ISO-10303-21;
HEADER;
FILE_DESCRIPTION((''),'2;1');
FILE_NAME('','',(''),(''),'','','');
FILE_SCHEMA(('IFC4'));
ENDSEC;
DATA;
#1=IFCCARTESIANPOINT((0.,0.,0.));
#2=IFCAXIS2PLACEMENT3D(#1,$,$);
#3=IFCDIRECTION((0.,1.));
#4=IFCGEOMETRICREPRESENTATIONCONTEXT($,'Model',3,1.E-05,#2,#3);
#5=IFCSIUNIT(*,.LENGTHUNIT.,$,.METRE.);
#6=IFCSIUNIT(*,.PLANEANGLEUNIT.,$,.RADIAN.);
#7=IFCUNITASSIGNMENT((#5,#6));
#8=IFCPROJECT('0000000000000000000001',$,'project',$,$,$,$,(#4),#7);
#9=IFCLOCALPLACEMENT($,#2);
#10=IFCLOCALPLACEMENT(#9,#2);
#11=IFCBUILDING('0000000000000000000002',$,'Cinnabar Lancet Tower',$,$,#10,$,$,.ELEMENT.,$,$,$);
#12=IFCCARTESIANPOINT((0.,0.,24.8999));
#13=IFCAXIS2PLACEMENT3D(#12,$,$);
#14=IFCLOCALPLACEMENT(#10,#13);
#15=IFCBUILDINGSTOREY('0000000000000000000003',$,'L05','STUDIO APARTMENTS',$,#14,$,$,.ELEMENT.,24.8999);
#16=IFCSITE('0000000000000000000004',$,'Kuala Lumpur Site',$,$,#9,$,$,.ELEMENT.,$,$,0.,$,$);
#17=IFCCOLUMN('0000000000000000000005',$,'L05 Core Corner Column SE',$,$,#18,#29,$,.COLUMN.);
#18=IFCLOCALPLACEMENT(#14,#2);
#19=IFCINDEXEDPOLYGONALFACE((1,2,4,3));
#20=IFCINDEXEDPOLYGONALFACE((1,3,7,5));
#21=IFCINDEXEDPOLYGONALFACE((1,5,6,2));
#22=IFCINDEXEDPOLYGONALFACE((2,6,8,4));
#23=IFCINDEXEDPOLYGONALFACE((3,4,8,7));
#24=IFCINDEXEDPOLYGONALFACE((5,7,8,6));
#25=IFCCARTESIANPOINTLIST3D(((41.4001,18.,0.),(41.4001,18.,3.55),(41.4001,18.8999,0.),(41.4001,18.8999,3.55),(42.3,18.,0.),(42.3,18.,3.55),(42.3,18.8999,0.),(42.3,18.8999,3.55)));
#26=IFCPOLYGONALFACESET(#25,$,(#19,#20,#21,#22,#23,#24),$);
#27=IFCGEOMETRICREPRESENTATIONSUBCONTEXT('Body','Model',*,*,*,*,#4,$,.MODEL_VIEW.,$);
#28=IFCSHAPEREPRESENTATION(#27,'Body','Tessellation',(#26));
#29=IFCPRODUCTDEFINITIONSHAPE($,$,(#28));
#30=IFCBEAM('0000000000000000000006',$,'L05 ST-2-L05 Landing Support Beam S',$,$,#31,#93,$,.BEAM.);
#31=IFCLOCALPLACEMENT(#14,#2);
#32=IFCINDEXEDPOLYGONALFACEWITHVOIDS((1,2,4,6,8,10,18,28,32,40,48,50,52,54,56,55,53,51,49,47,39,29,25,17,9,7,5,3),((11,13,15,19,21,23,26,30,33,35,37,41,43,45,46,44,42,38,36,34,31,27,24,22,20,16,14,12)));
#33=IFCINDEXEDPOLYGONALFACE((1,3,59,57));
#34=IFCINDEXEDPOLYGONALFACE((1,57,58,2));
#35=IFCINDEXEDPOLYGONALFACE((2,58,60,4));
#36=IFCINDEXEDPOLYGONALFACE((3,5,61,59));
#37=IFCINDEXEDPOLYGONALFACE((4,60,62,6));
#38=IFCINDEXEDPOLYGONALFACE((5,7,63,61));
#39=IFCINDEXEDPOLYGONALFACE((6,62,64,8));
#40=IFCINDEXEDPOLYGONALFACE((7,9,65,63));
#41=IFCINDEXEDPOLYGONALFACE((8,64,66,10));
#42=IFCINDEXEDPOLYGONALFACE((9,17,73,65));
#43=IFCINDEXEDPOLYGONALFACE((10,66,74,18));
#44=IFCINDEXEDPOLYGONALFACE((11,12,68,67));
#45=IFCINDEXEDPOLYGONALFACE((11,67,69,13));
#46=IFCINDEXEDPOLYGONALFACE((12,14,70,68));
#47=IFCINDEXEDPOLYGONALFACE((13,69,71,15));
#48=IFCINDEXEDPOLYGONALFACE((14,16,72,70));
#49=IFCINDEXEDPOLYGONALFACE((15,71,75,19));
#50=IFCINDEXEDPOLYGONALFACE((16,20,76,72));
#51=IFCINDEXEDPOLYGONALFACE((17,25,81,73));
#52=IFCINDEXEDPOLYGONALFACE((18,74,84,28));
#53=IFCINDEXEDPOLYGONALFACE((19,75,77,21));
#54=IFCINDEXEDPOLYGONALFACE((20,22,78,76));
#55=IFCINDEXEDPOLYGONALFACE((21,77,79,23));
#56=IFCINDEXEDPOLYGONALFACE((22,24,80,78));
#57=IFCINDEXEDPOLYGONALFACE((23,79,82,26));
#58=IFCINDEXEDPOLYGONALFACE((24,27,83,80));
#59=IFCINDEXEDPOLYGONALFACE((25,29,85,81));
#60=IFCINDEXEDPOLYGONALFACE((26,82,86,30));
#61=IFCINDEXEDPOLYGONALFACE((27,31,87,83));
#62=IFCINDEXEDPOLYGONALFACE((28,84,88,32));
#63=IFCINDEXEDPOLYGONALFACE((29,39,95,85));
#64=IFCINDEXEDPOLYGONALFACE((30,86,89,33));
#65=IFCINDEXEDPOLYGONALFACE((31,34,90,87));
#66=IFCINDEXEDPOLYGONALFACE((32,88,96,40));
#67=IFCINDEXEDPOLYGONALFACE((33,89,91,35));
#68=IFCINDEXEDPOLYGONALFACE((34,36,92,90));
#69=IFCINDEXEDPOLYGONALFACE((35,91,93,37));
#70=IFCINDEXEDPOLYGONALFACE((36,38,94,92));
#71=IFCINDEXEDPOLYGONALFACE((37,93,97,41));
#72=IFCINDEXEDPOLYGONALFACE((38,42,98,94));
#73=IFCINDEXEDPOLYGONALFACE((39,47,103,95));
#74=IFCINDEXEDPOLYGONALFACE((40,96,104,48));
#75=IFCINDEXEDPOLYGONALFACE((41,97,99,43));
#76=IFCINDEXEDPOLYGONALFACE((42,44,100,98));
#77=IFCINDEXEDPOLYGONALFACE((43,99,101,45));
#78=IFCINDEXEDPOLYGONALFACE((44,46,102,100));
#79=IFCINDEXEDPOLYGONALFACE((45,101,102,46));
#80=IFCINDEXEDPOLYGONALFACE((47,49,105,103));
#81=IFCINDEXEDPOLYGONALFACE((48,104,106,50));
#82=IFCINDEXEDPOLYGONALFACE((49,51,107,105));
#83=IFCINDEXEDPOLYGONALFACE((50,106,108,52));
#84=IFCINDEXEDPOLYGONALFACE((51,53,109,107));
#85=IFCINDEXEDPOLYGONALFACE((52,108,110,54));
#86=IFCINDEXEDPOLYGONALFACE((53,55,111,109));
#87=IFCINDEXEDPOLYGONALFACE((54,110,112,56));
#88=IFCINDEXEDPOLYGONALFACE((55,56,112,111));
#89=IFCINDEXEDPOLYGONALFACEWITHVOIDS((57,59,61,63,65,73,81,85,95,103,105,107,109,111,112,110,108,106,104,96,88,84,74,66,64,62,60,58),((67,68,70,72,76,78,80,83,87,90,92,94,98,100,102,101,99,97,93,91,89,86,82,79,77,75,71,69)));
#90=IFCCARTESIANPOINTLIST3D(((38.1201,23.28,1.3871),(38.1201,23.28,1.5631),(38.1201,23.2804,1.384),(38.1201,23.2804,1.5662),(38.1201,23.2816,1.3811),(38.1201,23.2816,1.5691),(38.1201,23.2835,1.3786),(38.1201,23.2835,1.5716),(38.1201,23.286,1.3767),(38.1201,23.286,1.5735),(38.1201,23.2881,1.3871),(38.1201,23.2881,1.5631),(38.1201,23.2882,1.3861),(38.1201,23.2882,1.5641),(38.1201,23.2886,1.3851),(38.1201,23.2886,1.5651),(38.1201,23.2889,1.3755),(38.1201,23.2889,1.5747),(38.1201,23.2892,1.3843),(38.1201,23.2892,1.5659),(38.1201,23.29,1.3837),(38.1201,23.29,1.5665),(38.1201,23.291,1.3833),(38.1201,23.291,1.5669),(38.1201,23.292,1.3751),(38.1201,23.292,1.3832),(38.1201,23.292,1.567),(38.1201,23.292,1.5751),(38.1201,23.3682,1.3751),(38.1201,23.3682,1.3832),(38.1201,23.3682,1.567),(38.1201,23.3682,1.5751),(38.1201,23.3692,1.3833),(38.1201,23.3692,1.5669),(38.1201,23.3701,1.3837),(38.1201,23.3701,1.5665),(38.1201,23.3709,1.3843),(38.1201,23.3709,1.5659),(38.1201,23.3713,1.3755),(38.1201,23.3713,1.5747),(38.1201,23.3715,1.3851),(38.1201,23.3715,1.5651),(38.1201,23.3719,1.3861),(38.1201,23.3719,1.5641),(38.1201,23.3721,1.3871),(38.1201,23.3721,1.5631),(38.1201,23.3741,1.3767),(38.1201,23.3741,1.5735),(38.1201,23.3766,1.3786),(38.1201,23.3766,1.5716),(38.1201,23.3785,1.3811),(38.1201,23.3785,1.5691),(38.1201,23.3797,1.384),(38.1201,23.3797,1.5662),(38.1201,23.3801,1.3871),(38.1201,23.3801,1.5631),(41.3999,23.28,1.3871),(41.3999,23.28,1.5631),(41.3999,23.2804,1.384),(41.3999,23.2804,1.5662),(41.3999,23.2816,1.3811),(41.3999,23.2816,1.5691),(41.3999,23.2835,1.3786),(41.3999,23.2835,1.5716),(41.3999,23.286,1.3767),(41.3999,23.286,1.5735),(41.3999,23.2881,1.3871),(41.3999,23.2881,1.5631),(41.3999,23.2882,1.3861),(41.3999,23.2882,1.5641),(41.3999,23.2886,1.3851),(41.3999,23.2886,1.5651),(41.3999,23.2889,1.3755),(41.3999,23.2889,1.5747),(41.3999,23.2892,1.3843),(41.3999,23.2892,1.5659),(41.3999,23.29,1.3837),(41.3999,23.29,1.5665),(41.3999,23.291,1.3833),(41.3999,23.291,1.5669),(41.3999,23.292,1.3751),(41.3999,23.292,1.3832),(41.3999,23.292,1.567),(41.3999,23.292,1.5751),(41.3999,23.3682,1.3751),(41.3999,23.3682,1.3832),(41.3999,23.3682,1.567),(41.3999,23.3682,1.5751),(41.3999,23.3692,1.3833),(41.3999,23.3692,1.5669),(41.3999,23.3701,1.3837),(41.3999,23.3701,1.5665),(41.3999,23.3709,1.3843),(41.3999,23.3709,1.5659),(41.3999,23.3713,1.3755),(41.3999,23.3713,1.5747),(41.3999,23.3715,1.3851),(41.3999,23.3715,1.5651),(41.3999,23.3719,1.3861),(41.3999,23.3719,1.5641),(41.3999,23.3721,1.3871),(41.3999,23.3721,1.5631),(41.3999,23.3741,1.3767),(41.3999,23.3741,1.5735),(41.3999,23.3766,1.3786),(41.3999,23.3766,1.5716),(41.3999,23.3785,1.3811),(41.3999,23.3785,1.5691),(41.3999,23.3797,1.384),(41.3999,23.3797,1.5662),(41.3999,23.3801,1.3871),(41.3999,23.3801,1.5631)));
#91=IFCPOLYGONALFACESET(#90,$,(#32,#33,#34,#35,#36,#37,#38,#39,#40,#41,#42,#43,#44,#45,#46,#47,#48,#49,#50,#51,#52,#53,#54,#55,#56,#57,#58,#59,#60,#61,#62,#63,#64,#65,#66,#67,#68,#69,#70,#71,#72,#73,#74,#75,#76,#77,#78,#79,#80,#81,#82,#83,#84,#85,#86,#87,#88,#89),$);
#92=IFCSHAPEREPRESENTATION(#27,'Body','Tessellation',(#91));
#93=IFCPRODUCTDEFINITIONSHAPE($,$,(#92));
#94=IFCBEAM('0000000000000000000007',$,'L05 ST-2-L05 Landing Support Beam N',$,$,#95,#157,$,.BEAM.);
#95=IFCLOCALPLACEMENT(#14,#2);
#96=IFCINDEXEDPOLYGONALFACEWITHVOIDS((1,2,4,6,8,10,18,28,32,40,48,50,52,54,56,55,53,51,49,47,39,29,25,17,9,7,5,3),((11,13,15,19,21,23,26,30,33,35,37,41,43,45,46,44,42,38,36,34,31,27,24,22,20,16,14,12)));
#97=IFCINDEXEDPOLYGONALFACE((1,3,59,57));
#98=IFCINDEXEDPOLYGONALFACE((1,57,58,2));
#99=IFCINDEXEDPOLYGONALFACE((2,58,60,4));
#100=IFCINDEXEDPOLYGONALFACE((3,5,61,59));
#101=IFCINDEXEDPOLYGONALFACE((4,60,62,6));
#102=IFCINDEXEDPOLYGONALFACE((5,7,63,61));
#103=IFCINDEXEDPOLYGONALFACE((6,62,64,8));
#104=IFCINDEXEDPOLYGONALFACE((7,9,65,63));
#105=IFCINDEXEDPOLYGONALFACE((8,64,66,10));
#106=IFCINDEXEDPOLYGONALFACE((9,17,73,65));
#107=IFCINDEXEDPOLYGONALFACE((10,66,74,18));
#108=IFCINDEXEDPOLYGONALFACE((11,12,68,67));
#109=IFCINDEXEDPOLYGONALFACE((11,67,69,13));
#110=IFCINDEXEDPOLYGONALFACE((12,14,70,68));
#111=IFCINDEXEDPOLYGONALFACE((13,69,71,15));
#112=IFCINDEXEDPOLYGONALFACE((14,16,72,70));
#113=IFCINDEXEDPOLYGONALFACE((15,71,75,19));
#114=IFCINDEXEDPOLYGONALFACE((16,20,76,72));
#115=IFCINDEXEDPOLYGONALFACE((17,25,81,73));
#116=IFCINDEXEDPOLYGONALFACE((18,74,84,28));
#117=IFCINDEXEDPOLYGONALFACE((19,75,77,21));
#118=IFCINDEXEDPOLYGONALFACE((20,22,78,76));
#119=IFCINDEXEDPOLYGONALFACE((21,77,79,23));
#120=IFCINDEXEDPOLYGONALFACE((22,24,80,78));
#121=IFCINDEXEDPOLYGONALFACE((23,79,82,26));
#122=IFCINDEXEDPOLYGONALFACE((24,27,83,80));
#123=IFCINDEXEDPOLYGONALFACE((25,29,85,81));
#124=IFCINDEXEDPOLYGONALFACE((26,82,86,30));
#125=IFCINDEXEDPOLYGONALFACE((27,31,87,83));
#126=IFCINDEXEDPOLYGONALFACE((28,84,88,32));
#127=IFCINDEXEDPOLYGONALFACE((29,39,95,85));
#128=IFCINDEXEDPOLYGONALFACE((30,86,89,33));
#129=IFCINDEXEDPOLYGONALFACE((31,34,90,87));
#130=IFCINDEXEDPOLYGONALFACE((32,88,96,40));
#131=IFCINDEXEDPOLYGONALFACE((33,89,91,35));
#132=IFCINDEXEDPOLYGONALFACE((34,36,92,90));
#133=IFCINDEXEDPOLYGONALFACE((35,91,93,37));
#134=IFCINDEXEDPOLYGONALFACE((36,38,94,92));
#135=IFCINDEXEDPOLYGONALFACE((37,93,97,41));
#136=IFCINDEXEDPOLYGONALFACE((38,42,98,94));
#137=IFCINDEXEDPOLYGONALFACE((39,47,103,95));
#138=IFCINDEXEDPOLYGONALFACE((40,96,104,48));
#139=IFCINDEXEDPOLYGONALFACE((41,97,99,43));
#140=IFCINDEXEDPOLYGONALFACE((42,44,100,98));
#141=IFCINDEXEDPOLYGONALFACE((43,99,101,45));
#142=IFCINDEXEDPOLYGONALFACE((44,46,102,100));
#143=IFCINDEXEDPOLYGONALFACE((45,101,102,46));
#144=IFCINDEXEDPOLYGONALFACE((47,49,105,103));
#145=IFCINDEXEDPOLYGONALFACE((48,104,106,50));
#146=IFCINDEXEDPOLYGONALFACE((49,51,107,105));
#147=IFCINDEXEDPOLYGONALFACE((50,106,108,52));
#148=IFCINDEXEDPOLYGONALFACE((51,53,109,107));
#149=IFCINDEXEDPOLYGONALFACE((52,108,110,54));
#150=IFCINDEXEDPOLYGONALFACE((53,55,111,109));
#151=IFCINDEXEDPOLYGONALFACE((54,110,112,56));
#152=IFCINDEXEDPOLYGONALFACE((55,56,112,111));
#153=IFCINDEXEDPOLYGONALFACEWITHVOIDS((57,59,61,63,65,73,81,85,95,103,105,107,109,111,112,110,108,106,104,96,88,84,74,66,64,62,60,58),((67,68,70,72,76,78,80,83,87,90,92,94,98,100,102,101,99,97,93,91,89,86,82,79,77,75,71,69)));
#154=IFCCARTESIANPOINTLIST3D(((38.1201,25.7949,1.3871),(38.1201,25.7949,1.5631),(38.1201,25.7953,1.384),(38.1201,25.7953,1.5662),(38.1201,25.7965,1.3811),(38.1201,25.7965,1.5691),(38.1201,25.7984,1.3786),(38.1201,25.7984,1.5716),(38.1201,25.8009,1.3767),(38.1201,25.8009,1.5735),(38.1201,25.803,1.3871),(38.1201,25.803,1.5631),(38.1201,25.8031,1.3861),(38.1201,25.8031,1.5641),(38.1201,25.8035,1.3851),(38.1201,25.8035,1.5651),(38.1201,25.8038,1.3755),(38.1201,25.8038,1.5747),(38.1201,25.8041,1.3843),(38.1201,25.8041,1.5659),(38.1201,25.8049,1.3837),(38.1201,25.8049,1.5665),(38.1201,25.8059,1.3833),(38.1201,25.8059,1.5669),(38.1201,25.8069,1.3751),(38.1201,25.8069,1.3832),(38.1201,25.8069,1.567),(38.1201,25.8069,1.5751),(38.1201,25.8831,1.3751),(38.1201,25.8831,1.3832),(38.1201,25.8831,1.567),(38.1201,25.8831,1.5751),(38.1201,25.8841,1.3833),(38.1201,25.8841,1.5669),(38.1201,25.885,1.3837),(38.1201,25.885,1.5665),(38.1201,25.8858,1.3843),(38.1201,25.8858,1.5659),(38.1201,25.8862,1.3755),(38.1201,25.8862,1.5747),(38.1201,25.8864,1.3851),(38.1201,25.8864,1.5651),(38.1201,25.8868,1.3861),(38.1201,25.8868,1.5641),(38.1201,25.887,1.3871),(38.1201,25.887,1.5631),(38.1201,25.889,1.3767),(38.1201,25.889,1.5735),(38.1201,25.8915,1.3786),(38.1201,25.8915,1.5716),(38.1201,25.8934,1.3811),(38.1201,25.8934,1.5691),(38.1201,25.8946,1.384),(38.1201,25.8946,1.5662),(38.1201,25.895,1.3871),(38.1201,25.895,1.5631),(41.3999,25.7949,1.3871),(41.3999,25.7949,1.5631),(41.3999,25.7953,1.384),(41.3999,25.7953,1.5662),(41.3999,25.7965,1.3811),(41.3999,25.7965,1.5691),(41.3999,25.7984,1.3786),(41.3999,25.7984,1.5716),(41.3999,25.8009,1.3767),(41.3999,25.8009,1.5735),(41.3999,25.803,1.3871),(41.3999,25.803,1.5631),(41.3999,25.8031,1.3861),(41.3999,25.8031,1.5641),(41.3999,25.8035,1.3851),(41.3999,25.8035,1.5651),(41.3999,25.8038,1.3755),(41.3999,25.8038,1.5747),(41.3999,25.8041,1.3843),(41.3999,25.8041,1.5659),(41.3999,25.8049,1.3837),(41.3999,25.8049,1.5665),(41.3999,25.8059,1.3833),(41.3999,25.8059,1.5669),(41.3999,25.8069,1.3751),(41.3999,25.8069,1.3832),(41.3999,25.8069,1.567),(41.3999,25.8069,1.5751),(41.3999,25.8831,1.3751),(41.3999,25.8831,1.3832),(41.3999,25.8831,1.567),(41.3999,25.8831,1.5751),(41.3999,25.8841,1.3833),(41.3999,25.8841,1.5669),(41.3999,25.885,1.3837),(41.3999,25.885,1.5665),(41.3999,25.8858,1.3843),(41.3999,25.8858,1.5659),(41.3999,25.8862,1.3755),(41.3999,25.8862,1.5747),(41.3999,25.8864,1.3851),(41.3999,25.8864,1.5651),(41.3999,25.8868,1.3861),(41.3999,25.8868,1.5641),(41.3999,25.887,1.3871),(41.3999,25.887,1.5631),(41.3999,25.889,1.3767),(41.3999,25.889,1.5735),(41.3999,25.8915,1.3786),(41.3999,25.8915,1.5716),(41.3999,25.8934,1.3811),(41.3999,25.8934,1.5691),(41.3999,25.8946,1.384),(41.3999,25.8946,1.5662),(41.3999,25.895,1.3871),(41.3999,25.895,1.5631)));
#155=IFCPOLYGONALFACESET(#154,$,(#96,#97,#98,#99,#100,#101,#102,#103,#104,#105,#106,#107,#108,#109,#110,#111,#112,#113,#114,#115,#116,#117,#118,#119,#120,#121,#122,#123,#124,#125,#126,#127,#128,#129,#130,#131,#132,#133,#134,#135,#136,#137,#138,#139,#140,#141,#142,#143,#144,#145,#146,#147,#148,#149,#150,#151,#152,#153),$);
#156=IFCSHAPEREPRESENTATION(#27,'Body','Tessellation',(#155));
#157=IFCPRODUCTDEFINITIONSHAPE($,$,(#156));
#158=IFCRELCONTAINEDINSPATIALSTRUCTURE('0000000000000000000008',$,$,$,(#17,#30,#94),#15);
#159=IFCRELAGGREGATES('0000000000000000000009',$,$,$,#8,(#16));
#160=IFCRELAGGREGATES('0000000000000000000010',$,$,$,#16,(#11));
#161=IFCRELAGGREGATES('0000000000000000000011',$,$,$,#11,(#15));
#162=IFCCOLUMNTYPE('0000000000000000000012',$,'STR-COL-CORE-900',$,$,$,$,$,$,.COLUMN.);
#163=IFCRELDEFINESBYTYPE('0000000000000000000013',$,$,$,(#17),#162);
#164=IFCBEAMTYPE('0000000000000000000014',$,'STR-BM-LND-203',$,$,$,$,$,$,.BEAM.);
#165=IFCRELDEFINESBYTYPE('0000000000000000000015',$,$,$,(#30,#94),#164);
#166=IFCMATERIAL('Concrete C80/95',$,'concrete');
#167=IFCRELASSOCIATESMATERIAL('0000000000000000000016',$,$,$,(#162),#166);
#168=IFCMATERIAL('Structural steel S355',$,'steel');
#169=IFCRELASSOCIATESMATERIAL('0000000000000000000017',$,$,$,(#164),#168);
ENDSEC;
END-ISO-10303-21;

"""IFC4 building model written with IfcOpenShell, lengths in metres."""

from ifc_helpers import new_model, si_unit, direction, frame, origin, origin_2d, place, context, subcontext, project, spatial, rectangle, hollow_rectangle, extrude, material, material_profile, profile_set, type_object, element, save


model = new_model("IFC4")

# Units and contexts
model_context = context("Model", 3, precision=1e-05, world=origin(), true_north=direction((0.0, 1.0)))
body_context = subcontext(model_context, "Body", "Model", "MODEL_VIEW")
ifc_project = project(units=[si_unit("LENGTHUNIT", "METRE"), si_unit("PLANEANGLEUNIT", "RADIAN")], contexts=[model_context])

# Site, building, storey
site_placement = place(None, origin())
site = spatial("IfcSite", under=ifc_project, at=site_placement, Name="Kuala Lumpur Site", CompositionType="ELEMENT", RefElevation=0.0)
building_placement = place(site_placement, origin())
building = spatial("IfcBuilding", under=site, at=building_placement, Name="Cinnabar Lancet Tower", CompositionType="ELEMENT")
storey_placement = place(building_placement, frame((0.0, 0.0, 24.8999)))
storey = spatial("IfcBuildingStorey", under=building, at=storey_placement, Name="L05", Description="STUDIO APARTMENTS", CompositionType="ELEMENT", Elevation=24.8999)

# Column
ifc_material_1 = material(Name="Concrete C80/95", Category="concrete")
ifc_material_profile_1 = material_profile(ifc_material_1, rectangle(XDim=0.8999, YDim=0.8999, at=origin_2d()), Name="RC-COL 900x900")
ifc_profile_set_1 = profile_set([ifc_material_profile_1], Name="Concrete C80/95")
column_type = type_object("IfcColumnType", Name="STR-COL-CORE-900", PredefinedType="COLUMN", material=ifc_profile_set_1)
column_placement = place(storey_placement, frame((41.8501, 18.45, 0.0), z_axis=(0.0, 0.0, 1.0), x_axis=(1.0, 0.0, 0.0)))
element("IfcColumn", 1, at=column_placement, inside=storey, type_object=column_type, Name="L05 Core Corner Column SE", PredefinedType="COLUMN", context=body_context, shape_type="SweptSolid", body=[
    extrude(rectangle(XDim=0.8999, YDim=0.8999, at=origin_2d()), origin(), (0.0, 0.0, 1.0), 3.55),
])

# Beams
ifc_material_2 = material(Name="Structural steel S355", Category="steel")
ifc_material_profile_2 = material_profile(ifc_material_2, hollow_rectangle(XDim=0.1001, YDim=0.2, WallThickness=0.0081, InnerFilletRadius=0.0039, OuterFilletRadius=0.012, at=origin_2d()), Name="RHS 200x100x8")
ifc_profile_set_2 = profile_set([ifc_material_profile_2], Name="Structural steel S355")
beam_type = type_object("IfcBeamType", Name="STR-BM-LND-203", PredefinedType="BEAM", material=ifc_profile_set_2)
for number, where, z_axis, x_axis, name in (
    (2, (38.1201, 23.3301, 1.4751), (1.0, 0.0, 0.0), (0.0, 1.0, 0.0), "L05 ST-2-L05 Landing Support Beam S"),
    (3, (38.1201, 25.845, 1.4751), (1.0, 0.0, 0.0), (0.0, 1.0, 0.0), "L05 ST-2-L05 Landing Support Beam N"),
):
    element("IfcBeam", number, at=place(storey_placement, frame(where, z_axis=z_axis, x_axis=x_axis)), inside=storey, type_object=beam_type, Name=name, PredefinedType="BEAM", context=body_context, shape_type="SweptSolid", body=[
        extrude(hollow_rectangle(XDim=0.1001, YDim=0.2, WallThickness=0.0081, InnerFilletRadius=0.0039, OuterFilletRadius=0.012, at=origin_2d()), origin(), (0.0, 0.0, 1.0), 3.2798),
    ])

save(model, "model.ifc")
